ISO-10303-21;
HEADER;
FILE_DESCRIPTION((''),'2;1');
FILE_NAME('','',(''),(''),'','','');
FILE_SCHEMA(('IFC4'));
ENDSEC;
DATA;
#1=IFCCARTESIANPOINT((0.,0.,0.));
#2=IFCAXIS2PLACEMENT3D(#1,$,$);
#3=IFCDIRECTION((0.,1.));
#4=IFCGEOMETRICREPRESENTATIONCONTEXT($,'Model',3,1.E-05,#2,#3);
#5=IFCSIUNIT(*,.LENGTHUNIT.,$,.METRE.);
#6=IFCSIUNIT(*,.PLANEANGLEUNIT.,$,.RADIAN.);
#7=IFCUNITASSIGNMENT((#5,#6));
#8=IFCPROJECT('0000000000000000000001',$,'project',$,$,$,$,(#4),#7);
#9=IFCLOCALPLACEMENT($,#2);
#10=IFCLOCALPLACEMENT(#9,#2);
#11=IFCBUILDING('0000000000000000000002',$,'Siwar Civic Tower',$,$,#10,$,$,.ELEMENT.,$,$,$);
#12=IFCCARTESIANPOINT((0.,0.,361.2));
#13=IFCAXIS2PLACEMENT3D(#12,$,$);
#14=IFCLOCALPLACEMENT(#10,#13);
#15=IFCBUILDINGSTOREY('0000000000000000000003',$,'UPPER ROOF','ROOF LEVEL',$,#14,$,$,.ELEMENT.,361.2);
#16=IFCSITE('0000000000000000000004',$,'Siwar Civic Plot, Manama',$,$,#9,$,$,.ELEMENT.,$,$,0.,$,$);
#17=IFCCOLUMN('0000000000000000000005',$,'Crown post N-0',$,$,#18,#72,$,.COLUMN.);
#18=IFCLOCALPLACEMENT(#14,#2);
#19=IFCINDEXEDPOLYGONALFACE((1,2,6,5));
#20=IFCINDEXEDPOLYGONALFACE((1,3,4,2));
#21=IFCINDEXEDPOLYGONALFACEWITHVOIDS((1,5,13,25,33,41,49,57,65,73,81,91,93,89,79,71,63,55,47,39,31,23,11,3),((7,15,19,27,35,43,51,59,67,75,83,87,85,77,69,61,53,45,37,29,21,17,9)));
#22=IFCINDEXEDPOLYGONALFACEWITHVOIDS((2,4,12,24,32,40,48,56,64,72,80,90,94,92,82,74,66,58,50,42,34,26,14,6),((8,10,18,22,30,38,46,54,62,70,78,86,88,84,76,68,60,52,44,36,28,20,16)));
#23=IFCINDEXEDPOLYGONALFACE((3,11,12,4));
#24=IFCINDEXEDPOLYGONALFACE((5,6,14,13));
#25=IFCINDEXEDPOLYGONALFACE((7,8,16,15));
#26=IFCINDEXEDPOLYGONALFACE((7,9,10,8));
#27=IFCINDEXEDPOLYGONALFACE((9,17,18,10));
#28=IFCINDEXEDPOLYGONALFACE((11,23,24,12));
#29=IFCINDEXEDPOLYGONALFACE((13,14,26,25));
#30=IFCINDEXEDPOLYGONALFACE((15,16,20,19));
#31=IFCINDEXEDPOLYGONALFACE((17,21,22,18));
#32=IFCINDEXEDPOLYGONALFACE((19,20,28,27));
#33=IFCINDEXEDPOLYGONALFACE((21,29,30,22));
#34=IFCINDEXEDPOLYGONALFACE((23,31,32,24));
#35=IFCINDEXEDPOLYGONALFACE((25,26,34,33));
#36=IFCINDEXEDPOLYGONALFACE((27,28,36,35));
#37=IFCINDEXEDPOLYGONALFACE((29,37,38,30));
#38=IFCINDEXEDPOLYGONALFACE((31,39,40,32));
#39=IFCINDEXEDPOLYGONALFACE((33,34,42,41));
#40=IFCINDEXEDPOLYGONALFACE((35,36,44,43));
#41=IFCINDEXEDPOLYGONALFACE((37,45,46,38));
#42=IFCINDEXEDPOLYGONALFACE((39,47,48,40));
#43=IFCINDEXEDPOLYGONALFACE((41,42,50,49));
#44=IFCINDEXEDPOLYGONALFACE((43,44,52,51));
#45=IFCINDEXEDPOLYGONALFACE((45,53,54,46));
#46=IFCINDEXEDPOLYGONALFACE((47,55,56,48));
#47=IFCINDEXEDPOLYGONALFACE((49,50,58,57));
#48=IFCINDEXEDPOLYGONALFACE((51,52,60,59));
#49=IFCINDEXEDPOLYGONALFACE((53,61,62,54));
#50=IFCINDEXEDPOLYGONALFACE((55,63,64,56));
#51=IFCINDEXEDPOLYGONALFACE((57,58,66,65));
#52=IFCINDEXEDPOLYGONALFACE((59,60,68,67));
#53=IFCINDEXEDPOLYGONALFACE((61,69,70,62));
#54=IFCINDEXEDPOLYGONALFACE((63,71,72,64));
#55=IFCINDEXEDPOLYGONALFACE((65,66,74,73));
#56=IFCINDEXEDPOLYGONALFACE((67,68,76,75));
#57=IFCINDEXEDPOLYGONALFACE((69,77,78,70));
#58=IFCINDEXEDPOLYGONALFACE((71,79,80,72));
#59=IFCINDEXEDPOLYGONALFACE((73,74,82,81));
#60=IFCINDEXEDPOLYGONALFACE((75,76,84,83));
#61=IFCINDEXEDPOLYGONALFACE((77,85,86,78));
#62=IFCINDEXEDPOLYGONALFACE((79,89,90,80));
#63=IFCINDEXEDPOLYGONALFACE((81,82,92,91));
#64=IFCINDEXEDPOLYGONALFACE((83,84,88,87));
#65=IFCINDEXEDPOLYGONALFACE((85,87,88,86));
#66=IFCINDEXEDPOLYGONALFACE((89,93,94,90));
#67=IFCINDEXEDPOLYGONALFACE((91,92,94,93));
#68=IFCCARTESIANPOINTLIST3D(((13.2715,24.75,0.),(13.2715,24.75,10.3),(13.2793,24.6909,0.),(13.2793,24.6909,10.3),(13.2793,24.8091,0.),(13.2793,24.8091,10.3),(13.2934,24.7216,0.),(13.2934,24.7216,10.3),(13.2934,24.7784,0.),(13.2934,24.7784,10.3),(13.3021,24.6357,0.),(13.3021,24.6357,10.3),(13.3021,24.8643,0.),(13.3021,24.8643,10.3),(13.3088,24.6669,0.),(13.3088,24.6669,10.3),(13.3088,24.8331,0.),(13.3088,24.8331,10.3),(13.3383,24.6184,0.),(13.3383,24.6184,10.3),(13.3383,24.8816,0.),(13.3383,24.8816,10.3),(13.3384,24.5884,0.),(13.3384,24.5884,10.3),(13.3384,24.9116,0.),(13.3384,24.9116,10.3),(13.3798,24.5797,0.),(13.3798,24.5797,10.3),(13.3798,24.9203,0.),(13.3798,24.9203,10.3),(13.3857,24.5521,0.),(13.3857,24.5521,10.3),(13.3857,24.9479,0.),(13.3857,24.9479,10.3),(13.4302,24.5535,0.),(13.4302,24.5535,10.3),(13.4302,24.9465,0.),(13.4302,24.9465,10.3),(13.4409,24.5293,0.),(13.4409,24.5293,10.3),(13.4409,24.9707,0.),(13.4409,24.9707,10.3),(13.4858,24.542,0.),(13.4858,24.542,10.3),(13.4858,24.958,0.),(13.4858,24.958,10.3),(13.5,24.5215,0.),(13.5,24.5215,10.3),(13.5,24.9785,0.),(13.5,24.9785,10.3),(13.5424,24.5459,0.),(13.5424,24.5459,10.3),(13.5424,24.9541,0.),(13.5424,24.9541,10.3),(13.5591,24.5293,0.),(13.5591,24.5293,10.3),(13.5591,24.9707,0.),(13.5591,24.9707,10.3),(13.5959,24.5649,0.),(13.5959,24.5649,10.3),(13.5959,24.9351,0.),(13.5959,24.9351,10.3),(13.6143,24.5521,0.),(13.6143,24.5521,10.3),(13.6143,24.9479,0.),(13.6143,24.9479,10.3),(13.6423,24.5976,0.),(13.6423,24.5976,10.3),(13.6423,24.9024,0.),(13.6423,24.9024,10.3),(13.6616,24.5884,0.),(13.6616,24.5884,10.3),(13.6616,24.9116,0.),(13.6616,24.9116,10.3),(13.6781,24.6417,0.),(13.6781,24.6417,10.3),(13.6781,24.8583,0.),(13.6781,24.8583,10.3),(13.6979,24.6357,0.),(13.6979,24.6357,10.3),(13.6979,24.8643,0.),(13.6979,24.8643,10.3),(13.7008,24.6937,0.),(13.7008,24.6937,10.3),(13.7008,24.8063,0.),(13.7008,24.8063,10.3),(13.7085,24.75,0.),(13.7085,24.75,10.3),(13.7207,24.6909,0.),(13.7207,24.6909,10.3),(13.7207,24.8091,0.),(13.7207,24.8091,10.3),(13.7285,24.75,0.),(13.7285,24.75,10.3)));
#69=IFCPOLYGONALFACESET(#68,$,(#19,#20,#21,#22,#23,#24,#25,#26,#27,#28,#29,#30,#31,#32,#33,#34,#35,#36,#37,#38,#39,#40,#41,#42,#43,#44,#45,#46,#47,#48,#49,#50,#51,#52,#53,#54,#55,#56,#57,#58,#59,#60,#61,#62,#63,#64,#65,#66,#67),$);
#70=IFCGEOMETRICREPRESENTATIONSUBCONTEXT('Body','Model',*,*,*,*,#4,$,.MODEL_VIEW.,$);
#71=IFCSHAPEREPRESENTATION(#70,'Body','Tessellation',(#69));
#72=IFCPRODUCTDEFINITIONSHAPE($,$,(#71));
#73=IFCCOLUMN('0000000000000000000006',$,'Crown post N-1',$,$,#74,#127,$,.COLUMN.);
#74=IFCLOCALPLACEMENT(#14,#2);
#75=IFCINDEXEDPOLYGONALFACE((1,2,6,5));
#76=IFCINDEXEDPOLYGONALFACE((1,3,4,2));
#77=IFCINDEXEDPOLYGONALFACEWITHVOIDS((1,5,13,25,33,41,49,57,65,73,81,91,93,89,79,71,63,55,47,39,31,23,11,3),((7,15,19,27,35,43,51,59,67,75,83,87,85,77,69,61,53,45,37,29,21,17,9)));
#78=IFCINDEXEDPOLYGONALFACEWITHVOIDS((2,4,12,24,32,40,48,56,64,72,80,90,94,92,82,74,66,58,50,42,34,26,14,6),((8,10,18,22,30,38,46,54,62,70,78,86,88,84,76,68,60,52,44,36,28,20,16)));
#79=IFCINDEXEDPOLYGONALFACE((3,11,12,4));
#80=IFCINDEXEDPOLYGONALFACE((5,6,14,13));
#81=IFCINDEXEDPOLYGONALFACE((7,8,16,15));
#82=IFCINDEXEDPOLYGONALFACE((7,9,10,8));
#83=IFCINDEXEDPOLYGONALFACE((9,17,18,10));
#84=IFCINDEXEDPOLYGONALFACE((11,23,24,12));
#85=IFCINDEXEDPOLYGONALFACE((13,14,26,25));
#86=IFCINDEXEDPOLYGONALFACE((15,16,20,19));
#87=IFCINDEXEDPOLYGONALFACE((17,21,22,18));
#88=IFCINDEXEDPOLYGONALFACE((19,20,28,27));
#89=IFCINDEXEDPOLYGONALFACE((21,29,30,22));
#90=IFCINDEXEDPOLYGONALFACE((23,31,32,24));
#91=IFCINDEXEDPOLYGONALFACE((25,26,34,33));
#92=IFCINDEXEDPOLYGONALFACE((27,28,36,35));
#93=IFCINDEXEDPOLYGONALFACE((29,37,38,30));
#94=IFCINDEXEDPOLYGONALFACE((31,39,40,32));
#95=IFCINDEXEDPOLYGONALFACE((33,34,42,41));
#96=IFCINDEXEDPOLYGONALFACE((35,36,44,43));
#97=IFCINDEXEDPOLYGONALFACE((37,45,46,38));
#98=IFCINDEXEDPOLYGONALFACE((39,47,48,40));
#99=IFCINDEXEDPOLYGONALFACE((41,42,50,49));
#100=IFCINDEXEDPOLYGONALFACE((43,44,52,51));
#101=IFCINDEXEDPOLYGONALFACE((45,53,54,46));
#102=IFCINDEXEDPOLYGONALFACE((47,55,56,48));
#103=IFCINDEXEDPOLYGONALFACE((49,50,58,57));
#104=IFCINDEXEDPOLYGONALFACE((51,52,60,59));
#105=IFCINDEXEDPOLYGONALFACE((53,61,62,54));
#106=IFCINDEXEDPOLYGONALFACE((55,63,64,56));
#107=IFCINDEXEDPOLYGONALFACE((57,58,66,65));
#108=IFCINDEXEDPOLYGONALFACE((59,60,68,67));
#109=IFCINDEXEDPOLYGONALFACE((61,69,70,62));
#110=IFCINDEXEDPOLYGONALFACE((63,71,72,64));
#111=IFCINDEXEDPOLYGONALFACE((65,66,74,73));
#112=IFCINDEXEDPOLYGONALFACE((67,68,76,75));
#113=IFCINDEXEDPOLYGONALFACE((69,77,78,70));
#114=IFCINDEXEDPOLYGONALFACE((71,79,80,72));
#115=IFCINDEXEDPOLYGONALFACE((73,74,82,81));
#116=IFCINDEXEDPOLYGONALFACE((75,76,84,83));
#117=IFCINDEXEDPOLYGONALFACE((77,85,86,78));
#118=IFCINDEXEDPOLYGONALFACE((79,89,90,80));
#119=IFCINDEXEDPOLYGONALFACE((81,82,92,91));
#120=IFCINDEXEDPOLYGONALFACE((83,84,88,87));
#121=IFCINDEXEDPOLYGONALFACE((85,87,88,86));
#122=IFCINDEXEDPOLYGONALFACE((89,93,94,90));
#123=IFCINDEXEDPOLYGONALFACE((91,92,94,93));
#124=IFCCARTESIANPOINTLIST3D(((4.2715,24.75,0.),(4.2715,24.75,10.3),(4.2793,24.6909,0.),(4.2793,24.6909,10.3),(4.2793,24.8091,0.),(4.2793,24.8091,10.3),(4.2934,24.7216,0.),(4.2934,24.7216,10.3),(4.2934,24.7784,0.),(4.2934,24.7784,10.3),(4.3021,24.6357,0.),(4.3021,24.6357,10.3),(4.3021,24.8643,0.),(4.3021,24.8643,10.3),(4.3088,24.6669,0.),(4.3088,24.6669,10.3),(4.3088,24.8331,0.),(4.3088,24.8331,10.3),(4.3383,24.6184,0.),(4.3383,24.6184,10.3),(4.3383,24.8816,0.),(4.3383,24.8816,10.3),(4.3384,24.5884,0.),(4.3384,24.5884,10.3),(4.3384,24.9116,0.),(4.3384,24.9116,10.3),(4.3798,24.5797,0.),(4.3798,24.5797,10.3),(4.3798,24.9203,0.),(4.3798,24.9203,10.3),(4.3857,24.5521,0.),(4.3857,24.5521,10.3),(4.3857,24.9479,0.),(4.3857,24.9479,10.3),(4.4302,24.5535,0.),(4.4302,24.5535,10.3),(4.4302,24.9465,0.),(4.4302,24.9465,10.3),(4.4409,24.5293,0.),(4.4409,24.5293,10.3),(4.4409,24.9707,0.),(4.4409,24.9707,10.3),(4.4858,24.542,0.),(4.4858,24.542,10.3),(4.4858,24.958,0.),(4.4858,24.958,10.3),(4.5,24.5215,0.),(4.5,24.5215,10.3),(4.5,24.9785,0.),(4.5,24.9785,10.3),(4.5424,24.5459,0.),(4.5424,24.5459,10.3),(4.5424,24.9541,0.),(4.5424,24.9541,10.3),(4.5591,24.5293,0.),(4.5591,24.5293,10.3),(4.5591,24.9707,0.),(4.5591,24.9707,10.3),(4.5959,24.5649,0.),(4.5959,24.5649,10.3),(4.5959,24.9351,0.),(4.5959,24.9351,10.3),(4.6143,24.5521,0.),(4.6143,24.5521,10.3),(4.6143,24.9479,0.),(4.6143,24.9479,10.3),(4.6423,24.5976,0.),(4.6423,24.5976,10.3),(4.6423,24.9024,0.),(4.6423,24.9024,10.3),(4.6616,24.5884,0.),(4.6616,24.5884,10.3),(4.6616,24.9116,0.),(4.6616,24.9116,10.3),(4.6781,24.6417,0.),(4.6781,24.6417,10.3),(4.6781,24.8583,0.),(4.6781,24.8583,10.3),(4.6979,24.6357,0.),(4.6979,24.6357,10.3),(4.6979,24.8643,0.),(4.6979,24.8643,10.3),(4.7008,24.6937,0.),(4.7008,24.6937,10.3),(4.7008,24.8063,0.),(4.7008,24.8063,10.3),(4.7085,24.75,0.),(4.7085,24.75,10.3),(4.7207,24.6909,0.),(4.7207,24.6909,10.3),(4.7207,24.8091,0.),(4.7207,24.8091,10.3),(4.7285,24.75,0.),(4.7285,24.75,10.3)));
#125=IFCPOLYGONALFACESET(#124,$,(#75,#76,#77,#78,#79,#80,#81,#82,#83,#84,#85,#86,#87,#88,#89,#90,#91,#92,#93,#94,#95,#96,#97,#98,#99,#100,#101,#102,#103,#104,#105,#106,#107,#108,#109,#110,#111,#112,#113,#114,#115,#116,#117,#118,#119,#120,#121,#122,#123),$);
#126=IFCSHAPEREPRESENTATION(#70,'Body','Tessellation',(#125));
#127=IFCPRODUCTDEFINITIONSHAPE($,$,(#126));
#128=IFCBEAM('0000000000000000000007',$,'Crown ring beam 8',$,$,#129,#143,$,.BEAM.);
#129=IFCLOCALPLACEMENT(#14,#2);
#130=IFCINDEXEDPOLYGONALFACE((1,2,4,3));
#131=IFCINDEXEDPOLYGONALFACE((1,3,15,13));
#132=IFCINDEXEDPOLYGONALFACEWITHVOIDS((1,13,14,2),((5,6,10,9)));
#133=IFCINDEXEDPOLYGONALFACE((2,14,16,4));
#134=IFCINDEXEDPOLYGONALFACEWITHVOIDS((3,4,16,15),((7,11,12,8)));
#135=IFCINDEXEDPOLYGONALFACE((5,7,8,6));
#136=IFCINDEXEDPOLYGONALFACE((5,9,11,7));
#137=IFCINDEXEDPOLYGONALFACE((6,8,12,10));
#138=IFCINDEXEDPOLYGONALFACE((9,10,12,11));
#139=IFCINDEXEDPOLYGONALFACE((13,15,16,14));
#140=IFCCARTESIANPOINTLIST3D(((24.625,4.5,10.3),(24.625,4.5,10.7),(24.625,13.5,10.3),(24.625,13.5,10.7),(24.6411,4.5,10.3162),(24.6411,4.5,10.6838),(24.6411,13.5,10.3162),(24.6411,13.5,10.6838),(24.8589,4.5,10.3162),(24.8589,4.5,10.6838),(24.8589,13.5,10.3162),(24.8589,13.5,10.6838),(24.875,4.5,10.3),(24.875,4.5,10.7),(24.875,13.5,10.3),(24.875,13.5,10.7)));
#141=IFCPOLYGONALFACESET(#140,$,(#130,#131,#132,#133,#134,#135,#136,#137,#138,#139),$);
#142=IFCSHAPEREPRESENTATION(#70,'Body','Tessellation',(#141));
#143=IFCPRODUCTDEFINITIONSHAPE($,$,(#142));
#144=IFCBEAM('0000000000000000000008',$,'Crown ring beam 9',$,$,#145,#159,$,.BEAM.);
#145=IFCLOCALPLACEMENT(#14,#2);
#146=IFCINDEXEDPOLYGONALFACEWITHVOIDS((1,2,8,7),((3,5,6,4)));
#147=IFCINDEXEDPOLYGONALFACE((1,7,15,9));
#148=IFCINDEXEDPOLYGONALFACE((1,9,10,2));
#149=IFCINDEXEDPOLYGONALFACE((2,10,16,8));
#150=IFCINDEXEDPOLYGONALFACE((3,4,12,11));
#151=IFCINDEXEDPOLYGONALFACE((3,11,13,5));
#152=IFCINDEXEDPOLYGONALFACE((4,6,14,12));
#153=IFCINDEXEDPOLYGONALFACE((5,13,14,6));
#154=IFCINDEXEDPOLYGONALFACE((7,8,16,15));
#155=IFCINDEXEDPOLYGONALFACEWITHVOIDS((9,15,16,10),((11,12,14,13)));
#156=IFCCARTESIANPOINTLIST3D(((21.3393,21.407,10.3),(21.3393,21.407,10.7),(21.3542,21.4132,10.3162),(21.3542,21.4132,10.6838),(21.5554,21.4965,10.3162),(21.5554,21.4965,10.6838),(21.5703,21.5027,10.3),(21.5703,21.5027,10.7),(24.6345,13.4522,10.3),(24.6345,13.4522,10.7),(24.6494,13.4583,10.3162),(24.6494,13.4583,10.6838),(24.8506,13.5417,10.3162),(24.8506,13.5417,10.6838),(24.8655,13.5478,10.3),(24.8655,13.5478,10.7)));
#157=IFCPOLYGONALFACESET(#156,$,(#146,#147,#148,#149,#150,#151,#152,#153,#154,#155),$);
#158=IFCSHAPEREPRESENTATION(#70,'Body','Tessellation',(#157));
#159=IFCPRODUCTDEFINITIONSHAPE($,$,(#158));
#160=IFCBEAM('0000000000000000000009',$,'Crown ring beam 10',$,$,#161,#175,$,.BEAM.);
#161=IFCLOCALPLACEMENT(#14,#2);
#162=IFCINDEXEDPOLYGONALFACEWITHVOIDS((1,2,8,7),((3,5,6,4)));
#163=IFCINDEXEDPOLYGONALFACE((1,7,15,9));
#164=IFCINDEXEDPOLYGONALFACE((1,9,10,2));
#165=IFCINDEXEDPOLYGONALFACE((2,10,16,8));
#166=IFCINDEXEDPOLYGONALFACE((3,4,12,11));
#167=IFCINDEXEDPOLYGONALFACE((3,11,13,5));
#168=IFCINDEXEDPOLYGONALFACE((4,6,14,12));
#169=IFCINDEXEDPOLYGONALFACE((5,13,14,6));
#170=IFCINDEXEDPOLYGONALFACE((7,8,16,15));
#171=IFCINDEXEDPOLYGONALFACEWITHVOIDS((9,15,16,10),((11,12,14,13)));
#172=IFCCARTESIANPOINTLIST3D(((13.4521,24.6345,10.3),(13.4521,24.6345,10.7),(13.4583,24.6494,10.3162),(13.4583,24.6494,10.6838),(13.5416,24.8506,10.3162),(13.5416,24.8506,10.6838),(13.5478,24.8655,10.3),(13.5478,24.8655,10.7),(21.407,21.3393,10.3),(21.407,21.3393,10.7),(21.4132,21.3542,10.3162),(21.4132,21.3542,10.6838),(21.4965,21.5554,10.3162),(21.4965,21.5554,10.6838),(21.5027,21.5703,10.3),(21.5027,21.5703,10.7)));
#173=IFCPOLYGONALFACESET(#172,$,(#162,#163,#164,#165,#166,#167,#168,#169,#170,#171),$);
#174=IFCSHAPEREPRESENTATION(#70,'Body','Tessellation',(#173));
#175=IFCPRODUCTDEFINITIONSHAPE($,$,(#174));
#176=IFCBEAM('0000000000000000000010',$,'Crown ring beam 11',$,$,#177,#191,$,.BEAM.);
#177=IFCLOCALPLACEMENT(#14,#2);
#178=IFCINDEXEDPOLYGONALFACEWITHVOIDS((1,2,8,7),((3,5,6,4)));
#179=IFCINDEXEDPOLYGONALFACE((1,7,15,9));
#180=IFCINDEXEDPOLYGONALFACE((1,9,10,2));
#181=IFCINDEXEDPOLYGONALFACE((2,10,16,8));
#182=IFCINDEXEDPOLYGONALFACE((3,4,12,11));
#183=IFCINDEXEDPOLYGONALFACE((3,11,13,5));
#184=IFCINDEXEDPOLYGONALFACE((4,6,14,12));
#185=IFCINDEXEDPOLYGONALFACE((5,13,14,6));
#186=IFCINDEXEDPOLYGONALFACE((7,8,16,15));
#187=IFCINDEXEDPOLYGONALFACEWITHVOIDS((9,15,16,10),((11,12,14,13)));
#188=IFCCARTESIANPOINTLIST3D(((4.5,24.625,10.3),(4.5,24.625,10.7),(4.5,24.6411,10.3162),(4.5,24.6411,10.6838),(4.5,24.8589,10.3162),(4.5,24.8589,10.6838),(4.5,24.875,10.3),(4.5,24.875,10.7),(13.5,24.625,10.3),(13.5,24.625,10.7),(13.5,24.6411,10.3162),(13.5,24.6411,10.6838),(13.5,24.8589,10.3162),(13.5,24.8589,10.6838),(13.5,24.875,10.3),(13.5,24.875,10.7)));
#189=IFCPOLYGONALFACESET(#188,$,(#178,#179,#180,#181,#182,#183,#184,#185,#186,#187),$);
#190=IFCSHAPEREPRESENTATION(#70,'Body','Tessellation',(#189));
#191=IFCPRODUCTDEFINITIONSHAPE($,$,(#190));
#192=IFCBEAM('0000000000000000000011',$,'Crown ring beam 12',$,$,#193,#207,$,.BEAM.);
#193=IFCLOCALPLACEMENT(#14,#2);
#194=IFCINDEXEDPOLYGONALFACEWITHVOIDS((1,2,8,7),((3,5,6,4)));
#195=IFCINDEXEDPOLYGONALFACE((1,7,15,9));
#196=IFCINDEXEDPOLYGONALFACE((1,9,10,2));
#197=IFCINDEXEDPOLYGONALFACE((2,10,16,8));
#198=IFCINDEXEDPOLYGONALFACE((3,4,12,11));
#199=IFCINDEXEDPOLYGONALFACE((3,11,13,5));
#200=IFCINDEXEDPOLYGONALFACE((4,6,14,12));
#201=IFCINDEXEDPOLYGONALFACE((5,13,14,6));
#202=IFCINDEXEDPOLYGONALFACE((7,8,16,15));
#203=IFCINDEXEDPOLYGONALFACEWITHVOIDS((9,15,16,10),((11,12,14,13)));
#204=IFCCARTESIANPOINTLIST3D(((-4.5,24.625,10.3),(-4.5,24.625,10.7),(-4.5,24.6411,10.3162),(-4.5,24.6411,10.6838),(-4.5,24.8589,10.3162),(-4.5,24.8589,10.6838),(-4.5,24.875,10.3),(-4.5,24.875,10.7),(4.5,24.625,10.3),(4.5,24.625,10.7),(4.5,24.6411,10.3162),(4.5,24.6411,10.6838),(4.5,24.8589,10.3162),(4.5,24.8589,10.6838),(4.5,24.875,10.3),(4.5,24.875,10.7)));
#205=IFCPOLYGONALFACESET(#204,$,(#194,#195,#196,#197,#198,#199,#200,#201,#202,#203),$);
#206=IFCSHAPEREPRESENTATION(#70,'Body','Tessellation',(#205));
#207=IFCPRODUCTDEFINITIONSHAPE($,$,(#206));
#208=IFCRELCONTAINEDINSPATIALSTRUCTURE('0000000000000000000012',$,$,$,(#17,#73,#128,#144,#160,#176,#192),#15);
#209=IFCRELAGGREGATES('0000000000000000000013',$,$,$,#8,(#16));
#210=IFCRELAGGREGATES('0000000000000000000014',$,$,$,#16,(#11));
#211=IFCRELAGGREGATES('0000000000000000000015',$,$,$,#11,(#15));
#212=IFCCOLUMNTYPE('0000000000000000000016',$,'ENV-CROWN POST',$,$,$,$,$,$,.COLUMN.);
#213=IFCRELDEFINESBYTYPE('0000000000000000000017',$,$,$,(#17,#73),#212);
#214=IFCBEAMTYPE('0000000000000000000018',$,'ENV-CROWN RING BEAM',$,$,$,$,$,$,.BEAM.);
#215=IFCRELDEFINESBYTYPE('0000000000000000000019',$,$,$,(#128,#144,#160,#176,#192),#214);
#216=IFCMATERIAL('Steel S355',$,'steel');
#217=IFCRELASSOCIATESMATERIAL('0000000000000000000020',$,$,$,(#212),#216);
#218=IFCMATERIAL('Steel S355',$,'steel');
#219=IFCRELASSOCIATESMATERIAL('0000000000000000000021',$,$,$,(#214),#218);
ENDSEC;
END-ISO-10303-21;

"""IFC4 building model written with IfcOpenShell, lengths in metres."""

from ifc_helpers import new_model, si_unit, direction, frame, origin, origin_2d, place, context, subcontext, project, spatial, hollow_rectangle, hollow_circle, extrude, material, material_profile, profile_set, type_object, element, save


model = new_model("IFC4")

# Units and contexts
model_context = context("Model", 3, precision=1e-05, world=origin(), true_north=direction((0.0, 1.0)))
body_context = subcontext(model_context, "Body", "Model", "MODEL_VIEW")
ifc_project = project(units=[si_unit("LENGTHUNIT", "METRE"), si_unit("PLANEANGLEUNIT", "RADIAN")], contexts=[model_context])

# Site, building, storey
site_placement = place(None, origin())
site = spatial("IfcSite", under=ifc_project, at=site_placement, Name="Siwar Civic Plot, Manama", CompositionType="ELEMENT", RefElevation=0.0)
building_placement = place(site_placement, origin())
building = spatial("IfcBuilding", under=site, at=building_placement, Name="Siwar Civic Tower", CompositionType="ELEMENT")
storey_placement = place(building_placement, frame((0.0, 0.0, 361.2)))
storey = spatial("IfcBuildingStorey", under=building, at=storey_placement, Name="UPPER ROOF", Description="ROOF LEVEL", CompositionType="ELEMENT", Elevation=361.2)

# Columns
ifc_material_1 = material(Name="Steel S355", Category="steel")
ifc_material_profile_1 = material_profile(ifc_material_1, hollow_circle(Radius=0.2285, WallThickness=0.02, at=origin_2d()), Name="CHS457x20")
ifc_profile_set_1 = profile_set([ifc_material_profile_1], Name="Steel S355")
column_type = type_object("IfcColumnType", Name="ENV-CROWN POST", PredefinedType="COLUMN", material=ifc_profile_set_1)
for number, where, z_axis, x_axis, name in (
    (1, (13.5, 24.75, 0.0), (0.0, 0.0, 1.0), (1.0, 0.0, 0.0), "Crown post N-0"),
    (2, (4.5, 24.75, 0.0), (0.0, 0.0, 1.0), (1.0, 0.0, 0.0), "Crown post N-1"),
):
    element("IfcColumn", number, at=place(storey_placement, frame(where, z_axis=z_axis, x_axis=x_axis)), inside=storey, type_object=column_type, Name=name, PredefinedType="COLUMN", context=body_context, shape_type="SweptSolid", body=[
        extrude(hollow_circle(Radius=0.2285, WallThickness=0.02, at=origin_2d()), origin(), (0.0, 0.0, 1.0), 10.3),
    ])

# Beams
ifc_material_2 = material(Name="Steel S355", Category="steel")
ifc_material_profile_2 = material_profile(ifc_material_2, hollow_rectangle(XDim=0.25, YDim=0.3999, WallThickness=0.0161, at=origin_2d()), Name="RHS400x250x16")
ifc_profile_set_2 = profile_set([ifc_material_profile_2], Name="Steel S355")
beam_type = type_object("IfcBeamType", Name="ENV-CROWN RING BEAM", PredefinedType="BEAM", material=ifc_profile_set_2)
beam_placement = place(storey_placement, frame((24.75, 4.5, 10.5), z_axis=(0.0, 1.0, 0.0), x_axis=(-1.0, 0.0, 0.0)))
element("IfcBeam", 3, at=beam_placement, inside=storey, type_object=beam_type, Name="Crown ring beam 8", PredefinedType="BEAM", context=body_context, shape_type="SweptSolid", body=[
    extrude(hollow_rectangle(XDim=0.25, YDim=0.3999, WallThickness=0.0161, at=origin_2d()), origin(), (0.0, 0.0, 1.0), 9.0),
])
for number, where, z_axis, x_axis, name in (
    (4, (24.75, 13.5, 10.5), (-0.3827, 0.923873, 0.0), (-0.923873, -0.3827, 0.0), "Crown ring beam 9"),
    (5, (21.4548, 21.4548, 10.5), (-0.923873, 0.3827, 0.0), (-0.3827, -0.923873, 0.0), "Crown ring beam 10"),
):
    element("IfcBeam", number, at=place(storey_placement, frame(where, z_axis=z_axis, x_axis=x_axis)), inside=storey, type_object=beam_type, Name=name, PredefinedType="BEAM", context=body_context, shape_type="SweptSolid", body=[
        extrude(hollow_rectangle(XDim=0.25, YDim=0.3999, WallThickness=0.0161, at=origin_2d()), origin(), (0.0, 0.0, 1.0), 8.6104),
    ])
for number, where, z_axis, x_axis, name in (
    (6, (13.5, 24.75, 10.5), (-1.0, 0.0, 0.0), (0.0, -1.0, 0.0), "Crown ring beam 11"),
    (7, (4.5, 24.75, 10.5), (-1.0, 0.0, 0.0), (0.0, -1.0, 0.0), "Crown ring beam 12"),
):
    element("IfcBeam", number, at=place(storey_placement, frame(where, z_axis=z_axis, x_axis=x_axis)), inside=storey, type_object=beam_type, Name=name, PredefinedType="BEAM", context=body_context, shape_type="SweptSolid", body=[
        extrude(hollow_rectangle(XDim=0.25, YDim=0.3999, WallThickness=0.0161, at=origin_2d()), origin(), (0.0, 0.0, 1.0), 9.0),
    ])

save(model, "model.ifc")
